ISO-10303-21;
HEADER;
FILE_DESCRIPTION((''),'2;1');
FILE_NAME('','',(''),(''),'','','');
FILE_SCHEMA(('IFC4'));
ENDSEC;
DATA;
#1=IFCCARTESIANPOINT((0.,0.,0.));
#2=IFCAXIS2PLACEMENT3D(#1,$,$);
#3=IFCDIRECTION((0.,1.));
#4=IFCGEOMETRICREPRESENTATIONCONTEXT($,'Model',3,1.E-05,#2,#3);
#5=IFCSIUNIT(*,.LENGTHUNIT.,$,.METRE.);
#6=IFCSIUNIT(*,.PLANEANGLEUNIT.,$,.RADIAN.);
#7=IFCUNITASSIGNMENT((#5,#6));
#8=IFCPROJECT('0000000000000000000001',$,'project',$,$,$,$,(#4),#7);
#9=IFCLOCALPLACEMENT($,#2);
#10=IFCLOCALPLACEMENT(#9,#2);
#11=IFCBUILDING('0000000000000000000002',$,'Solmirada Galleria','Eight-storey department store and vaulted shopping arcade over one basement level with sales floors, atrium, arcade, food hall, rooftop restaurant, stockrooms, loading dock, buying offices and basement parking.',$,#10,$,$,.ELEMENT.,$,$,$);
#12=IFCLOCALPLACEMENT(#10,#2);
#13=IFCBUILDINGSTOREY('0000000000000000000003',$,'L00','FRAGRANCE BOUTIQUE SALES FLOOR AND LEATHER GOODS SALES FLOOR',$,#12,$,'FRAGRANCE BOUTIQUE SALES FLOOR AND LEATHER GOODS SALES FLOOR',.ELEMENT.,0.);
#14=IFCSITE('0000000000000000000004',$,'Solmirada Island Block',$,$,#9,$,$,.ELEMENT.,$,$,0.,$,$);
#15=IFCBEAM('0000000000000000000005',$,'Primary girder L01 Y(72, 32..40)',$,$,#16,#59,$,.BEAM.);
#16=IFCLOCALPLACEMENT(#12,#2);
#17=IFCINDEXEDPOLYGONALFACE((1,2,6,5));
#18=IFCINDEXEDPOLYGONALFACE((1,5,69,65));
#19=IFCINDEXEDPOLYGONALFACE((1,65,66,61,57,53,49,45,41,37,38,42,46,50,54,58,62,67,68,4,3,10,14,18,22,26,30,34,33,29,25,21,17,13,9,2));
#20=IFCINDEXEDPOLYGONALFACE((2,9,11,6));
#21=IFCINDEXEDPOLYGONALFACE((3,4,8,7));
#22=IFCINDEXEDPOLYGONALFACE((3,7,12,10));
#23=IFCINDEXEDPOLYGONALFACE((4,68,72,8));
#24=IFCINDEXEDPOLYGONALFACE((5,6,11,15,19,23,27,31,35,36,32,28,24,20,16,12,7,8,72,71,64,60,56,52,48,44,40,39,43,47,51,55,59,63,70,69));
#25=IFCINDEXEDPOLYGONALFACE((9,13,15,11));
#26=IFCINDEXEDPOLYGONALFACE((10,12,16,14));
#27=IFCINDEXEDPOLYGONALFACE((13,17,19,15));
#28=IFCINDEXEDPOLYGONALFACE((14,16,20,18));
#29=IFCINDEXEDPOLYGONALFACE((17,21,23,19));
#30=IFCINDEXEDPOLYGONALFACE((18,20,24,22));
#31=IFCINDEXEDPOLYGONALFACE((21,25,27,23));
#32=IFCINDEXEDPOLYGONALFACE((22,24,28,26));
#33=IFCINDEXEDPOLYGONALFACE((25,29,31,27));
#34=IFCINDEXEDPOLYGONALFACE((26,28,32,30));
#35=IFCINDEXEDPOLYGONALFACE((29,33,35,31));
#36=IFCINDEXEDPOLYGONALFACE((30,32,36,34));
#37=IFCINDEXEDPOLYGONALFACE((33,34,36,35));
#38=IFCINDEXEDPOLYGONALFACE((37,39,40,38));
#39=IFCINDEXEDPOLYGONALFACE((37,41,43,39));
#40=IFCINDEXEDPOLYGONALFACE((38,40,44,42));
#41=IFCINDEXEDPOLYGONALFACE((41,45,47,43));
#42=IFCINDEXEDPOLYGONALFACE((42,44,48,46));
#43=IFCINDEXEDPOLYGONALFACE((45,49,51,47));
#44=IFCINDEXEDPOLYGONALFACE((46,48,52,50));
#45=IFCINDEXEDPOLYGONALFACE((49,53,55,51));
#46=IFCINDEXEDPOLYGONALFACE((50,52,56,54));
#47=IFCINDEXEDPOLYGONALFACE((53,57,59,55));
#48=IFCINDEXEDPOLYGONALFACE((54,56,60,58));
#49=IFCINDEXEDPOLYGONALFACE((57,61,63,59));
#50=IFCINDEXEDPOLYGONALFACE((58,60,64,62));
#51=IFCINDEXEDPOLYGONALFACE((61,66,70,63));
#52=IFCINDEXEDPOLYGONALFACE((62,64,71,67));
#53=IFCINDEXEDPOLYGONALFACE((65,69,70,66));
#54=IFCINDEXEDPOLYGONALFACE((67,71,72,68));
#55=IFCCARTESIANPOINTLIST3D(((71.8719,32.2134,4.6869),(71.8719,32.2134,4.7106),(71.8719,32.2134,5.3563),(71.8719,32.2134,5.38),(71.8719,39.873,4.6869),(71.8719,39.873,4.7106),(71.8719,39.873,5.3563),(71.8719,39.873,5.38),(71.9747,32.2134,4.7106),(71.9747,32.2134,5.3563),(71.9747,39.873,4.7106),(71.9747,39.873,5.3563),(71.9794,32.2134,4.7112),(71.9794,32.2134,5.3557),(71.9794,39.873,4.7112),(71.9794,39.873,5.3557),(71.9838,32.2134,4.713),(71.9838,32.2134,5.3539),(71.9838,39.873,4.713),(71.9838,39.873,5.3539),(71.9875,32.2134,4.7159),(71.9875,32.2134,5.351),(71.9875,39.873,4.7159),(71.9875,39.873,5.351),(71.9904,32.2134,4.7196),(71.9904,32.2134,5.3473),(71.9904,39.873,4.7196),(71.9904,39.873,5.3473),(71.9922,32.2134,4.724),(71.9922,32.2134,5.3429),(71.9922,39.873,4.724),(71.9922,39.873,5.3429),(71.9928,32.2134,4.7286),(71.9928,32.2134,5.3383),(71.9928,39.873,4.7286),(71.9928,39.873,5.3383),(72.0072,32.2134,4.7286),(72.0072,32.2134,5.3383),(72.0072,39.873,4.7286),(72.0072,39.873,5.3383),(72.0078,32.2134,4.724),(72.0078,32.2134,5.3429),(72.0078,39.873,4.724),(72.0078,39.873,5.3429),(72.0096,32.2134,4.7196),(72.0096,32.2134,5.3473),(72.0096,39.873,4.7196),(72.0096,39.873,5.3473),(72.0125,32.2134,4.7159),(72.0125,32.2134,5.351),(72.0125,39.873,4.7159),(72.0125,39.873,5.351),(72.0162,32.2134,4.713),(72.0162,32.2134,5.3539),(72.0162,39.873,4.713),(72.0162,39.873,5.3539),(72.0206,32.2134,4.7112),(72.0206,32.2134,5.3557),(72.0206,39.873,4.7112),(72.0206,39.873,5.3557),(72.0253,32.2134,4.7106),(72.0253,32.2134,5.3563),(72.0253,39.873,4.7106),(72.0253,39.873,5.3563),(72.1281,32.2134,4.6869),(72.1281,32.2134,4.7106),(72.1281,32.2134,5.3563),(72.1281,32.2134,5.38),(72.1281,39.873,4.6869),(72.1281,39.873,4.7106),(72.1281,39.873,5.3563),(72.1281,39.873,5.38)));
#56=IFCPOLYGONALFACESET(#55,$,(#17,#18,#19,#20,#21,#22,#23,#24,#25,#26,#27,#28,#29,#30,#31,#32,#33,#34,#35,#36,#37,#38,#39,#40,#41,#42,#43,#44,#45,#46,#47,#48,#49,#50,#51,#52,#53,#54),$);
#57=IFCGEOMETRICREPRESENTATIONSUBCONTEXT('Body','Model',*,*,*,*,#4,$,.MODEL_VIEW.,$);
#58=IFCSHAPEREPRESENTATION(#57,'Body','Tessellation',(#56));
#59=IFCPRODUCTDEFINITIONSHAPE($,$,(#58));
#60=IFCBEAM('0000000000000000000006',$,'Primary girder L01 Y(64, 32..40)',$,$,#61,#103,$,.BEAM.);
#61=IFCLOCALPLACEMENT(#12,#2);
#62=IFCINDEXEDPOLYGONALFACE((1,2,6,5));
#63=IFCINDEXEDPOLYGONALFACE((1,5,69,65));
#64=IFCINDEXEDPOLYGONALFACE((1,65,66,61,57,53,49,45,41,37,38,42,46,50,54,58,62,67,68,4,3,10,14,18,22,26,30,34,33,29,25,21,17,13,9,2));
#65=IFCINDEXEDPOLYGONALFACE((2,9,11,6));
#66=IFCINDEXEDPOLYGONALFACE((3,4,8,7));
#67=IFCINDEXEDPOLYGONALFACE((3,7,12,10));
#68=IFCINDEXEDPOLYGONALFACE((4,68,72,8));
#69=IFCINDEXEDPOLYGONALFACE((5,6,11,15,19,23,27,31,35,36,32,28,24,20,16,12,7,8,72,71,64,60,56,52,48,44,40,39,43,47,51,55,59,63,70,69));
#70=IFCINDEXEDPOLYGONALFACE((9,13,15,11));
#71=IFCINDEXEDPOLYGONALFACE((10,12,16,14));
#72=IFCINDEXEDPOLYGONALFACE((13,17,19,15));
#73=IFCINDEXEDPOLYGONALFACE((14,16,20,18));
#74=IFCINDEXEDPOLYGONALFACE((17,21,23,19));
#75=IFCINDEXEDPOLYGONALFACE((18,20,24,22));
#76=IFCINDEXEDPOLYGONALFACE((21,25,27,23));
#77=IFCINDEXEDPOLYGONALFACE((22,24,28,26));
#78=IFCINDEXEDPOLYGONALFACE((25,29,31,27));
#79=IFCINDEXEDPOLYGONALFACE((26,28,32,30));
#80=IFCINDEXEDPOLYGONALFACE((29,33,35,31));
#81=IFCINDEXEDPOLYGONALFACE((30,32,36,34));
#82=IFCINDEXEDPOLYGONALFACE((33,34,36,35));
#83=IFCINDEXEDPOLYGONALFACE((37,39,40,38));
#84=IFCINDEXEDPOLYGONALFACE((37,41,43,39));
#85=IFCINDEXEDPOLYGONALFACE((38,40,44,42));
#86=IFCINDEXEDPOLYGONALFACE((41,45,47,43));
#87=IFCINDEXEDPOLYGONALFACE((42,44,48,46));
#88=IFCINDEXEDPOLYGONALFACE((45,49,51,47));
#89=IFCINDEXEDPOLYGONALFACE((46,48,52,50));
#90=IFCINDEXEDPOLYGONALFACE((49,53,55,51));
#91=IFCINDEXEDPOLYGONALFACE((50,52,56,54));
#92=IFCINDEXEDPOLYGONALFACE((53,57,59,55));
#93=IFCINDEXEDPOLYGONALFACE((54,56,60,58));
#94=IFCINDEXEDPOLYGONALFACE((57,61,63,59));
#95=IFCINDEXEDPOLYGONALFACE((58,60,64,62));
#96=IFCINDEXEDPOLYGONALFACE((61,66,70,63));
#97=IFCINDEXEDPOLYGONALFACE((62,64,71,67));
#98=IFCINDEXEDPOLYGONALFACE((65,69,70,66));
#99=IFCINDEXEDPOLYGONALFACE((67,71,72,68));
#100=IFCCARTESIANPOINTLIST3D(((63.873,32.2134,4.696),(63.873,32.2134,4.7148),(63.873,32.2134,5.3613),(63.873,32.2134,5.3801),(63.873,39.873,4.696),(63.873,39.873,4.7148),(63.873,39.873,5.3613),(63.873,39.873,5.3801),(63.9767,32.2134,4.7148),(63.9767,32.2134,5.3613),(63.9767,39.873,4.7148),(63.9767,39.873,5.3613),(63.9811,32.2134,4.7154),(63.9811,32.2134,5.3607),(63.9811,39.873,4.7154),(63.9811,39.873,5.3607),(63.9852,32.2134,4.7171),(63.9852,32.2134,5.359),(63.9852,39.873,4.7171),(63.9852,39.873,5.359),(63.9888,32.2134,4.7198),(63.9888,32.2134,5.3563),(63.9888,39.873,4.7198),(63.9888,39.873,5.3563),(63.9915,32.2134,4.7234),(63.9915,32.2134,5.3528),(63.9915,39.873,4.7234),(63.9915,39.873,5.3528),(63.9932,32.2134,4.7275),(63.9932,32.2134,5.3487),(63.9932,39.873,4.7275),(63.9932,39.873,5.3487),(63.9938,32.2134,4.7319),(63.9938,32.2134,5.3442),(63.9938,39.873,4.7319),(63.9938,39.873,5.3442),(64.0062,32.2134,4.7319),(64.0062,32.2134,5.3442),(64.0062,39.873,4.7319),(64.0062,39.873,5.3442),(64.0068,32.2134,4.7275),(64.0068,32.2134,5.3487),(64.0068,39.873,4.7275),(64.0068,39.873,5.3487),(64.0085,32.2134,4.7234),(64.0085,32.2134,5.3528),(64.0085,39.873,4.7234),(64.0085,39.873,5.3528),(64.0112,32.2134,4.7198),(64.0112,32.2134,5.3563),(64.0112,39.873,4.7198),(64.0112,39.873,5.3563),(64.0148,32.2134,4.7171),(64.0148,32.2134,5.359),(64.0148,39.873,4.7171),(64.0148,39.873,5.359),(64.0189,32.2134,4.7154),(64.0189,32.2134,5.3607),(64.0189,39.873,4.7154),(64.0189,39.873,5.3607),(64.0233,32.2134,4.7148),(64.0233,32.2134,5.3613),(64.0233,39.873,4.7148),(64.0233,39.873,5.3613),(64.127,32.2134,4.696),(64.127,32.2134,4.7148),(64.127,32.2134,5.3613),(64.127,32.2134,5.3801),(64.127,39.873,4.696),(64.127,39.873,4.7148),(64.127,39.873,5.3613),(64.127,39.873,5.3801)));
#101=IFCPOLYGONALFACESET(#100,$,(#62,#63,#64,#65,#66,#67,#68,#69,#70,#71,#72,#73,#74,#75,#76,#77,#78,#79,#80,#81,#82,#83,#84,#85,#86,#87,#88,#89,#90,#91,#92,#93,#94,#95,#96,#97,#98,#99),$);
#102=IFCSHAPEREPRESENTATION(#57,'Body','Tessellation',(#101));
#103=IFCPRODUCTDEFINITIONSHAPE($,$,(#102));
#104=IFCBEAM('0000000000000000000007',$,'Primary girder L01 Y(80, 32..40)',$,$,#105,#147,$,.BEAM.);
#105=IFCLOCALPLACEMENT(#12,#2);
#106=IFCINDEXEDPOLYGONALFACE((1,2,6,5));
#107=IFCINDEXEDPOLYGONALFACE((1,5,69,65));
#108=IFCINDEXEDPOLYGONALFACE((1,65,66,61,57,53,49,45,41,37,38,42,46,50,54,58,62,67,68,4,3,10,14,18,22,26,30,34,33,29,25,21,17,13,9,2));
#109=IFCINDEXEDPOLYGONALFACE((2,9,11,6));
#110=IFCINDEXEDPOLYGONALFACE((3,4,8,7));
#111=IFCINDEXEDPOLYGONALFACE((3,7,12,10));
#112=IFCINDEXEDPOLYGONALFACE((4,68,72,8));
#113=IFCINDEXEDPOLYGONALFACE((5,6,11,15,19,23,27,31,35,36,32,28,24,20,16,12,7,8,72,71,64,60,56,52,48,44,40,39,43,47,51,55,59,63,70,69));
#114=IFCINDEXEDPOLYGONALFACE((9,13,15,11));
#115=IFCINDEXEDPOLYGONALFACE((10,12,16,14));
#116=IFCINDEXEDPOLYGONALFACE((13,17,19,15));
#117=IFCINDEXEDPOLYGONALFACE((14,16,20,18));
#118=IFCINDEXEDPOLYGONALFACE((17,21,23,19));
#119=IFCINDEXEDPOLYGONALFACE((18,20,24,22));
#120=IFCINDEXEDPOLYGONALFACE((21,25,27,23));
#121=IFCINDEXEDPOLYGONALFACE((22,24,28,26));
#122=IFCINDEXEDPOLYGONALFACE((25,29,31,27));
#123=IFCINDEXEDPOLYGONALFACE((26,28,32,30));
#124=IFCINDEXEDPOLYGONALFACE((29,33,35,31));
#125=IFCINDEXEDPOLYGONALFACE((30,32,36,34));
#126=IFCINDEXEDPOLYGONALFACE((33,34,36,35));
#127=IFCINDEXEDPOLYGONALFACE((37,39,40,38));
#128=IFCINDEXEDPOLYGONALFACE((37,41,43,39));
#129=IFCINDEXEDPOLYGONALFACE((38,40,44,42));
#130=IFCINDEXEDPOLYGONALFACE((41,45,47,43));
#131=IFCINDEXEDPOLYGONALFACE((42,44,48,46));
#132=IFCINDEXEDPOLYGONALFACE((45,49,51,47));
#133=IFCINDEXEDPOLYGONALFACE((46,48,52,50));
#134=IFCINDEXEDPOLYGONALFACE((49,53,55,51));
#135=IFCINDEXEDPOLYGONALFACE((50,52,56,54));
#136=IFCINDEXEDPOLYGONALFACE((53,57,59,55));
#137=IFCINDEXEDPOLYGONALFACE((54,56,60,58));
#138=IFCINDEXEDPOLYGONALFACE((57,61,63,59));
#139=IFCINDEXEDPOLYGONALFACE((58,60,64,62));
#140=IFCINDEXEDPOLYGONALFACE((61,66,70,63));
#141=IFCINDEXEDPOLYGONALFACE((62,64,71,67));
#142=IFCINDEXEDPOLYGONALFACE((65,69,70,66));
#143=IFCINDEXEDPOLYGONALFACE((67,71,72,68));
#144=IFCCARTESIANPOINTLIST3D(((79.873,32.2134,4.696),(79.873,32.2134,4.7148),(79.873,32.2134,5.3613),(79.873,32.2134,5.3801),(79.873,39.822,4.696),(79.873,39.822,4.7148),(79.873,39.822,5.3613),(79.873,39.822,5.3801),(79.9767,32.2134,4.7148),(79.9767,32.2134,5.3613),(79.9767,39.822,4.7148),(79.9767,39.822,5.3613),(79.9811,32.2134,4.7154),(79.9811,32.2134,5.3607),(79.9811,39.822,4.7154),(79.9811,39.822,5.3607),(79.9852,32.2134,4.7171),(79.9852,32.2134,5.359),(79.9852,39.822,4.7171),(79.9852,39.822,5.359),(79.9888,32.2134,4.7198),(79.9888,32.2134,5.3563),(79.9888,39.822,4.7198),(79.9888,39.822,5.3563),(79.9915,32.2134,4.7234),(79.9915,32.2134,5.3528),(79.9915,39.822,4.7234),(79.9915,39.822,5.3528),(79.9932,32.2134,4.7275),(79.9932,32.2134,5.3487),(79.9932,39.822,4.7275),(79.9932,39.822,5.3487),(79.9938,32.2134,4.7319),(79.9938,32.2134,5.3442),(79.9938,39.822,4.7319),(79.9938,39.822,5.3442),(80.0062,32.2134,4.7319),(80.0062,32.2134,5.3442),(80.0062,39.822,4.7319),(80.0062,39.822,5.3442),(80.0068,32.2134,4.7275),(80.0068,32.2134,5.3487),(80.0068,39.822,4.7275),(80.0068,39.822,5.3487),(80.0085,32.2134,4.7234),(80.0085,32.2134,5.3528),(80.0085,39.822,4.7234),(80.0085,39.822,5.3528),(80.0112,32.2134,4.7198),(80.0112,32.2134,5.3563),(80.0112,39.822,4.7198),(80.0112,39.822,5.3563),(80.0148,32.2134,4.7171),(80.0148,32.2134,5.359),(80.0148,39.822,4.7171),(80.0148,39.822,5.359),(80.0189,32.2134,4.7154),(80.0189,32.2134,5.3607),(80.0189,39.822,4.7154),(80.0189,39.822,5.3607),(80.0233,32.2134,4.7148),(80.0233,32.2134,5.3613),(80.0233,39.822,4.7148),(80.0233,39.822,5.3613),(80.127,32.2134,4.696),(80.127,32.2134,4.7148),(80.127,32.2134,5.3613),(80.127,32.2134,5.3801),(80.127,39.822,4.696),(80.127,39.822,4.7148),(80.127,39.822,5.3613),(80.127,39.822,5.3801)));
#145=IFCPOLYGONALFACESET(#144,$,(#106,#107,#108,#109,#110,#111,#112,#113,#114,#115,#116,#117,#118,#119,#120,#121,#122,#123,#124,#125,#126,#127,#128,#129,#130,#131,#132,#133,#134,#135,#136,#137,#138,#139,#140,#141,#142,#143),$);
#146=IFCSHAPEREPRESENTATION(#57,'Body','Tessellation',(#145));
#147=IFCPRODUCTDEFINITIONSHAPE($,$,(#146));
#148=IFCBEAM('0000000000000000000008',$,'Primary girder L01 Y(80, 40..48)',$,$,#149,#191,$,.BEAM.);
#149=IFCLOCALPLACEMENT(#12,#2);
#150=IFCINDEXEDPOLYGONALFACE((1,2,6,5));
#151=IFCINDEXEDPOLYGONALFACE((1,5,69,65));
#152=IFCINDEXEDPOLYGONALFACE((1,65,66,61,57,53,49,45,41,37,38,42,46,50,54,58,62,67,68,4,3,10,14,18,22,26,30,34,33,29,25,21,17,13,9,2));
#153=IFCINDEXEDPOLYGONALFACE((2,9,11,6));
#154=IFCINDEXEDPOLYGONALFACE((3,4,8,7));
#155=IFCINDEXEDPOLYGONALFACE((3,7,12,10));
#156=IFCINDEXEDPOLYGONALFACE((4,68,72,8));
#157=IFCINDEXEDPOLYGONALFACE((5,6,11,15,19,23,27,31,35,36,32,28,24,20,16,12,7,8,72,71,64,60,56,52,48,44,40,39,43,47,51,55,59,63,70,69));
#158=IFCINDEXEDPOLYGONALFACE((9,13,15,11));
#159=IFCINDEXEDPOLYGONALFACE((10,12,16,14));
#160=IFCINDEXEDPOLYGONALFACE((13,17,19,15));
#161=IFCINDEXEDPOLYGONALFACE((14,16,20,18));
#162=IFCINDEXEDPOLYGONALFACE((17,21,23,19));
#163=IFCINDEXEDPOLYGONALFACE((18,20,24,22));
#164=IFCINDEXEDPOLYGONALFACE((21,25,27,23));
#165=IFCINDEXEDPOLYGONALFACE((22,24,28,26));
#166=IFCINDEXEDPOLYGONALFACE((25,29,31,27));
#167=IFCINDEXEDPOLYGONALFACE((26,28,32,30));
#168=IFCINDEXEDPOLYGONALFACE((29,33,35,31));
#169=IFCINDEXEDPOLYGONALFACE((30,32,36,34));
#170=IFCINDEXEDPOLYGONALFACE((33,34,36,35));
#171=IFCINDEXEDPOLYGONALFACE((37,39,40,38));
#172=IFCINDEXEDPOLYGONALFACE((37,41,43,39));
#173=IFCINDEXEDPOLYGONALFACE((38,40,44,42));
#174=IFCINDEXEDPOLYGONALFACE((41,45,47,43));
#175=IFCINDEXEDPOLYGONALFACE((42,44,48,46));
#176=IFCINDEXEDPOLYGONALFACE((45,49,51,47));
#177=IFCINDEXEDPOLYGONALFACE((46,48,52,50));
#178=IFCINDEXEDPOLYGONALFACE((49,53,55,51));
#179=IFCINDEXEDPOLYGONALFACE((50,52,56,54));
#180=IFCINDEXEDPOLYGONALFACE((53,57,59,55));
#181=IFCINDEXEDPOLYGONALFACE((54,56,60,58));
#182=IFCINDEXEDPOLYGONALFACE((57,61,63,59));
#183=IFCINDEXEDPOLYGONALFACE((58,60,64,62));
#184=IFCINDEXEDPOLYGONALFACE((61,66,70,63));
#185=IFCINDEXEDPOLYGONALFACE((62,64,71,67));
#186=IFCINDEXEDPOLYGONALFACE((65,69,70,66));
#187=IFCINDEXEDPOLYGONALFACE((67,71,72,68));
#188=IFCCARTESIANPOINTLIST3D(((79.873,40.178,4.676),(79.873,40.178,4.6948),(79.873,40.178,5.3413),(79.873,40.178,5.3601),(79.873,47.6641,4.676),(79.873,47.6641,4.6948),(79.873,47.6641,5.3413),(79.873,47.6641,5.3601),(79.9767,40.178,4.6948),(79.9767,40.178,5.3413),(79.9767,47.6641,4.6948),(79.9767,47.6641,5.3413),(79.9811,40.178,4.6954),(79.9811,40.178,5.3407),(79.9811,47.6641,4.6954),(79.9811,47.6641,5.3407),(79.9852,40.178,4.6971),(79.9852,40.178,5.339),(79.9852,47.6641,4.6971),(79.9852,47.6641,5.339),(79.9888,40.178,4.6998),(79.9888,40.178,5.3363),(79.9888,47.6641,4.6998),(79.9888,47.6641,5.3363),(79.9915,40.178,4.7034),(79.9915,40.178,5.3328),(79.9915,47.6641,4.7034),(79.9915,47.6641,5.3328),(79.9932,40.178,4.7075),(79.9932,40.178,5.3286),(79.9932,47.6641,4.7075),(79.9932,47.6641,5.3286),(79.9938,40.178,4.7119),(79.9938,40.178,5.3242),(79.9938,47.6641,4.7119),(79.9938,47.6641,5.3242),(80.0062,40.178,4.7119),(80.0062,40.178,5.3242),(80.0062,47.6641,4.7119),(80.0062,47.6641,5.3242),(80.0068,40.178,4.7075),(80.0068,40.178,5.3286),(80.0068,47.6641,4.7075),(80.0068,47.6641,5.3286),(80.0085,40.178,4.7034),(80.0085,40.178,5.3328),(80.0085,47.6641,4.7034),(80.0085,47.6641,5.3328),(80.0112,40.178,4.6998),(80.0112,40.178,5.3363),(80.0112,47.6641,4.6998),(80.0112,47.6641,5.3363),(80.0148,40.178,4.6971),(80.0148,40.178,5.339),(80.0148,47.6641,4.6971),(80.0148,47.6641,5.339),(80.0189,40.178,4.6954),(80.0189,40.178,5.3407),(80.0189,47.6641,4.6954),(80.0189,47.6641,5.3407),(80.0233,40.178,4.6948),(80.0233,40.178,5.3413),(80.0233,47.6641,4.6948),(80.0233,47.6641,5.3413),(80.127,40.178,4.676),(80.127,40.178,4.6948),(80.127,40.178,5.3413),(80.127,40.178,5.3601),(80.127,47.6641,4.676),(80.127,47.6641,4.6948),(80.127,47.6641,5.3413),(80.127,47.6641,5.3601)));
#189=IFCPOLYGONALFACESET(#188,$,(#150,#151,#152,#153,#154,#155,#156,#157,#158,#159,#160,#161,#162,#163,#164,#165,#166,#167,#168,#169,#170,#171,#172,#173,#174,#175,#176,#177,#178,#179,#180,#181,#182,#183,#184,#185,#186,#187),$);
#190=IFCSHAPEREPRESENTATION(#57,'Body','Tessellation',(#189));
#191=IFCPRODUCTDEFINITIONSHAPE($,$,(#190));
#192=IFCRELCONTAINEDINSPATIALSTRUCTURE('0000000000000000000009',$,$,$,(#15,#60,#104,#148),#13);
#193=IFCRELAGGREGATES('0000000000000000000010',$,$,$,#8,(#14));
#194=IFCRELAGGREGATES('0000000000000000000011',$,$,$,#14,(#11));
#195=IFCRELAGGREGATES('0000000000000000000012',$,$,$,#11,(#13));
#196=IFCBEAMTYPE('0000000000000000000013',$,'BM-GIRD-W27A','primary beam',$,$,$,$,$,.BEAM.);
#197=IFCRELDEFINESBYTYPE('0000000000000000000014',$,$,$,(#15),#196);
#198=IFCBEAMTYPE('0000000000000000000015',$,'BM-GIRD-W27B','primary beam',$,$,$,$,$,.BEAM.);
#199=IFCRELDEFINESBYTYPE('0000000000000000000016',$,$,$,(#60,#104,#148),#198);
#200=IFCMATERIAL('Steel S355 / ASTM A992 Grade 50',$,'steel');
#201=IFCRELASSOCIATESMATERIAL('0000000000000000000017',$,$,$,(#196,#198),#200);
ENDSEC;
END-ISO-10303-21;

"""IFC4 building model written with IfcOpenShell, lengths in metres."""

from ifc_helpers import new_model, si_unit, direction, frame, origin, origin_2d, place, context, subcontext, project, spatial, i_section, extrude, material, material_profile, profile_set, type_object, element, save


model = new_model("IFC4")

# Units and contexts
model_context = context("Model", 3, precision=1e-05, world=origin(), true_north=direction((0.0, 1.0)))
body_context = subcontext(model_context, "Body", "Model", "MODEL_VIEW")
ifc_project = project(units=[si_unit("LENGTHUNIT", "METRE"), si_unit("PLANEANGLEUNIT", "RADIAN")], contexts=[model_context])

# Site, building, storey
site_placement = place(None, origin())
site = spatial("IfcSite", under=ifc_project, at=site_placement, Name="Solmirada Island Block", CompositionType="ELEMENT", RefElevation=0.0)
building_placement = place(site_placement, origin())
building = spatial("IfcBuilding", under=site, at=building_placement, Name="Solmirada Galleria", Description="Eight-storey department store and vaulted shopping arcade over one basement level with sales floors, atrium, arcade, food hall, rooftop restaurant, stockrooms, loading dock, buying offices and basement parking.", CompositionType="ELEMENT")
storey_placement = place(building_placement, origin())
storey = spatial("IfcBuildingStorey", under=building, at=storey_placement, Name="L00", Description="FRAGRANCE BOUTIQUE SALES FLOOR AND LEATHER GOODS SALES FLOOR", LongName="FRAGRANCE BOUTIQUE SALES FLOOR AND LEATHER GOODS SALES FLOOR", CompositionType="ELEMENT", Elevation=0.0)

# Beams
ifc_material_1 = material(Name="Steel S355 / ASTM A992 Grade 50", Category="steel")
ifc_material_profile_1 = material_profile(ifc_material_1, i_section(OverallWidth=0.2561, OverallDepth=0.6931, WebThickness=0.0144, FlangeThickness=0.0237, FilletRadius=0.0181, at=origin_2d()), Name="W27X114")
ifc_profile_set_1 = profile_set([ifc_material_profile_1], Name="Steel S355 / ASTM A992 Grade 50")
beam_type_1 = type_object("IfcBeamType", Name="BM-GIRD-W27A", Description="primary beam", PredefinedType="BEAM", material=ifc_profile_set_1)
beam_1_placement = place(storey_placement, frame((72.0, 32.2134, 5.0334), z_axis=(0.0, 1.0, 0.0), x_axis=(-1.0, 0.0, 0.0)))
element("IfcBeam", 1, at=beam_1_placement, inside=storey, type_object=beam_type_1, Name="Primary girder L01 Y(72, 32..40)", PredefinedType="BEAM", context=body_context, shape_type="SweptSolid", body=[
    extrude(i_section(OverallWidth=0.2561, OverallDepth=0.6931, WebThickness=0.0144, FlangeThickness=0.0237, FilletRadius=0.0181, at=origin_2d()), origin(), (0.0, 0.0, 1.0), 7.6597),
])
ifc_material_profile_2 = material_profile(ifc_material_1, i_section(OverallWidth=0.2539, OverallDepth=0.6841, WebThickness=0.0125, FlangeThickness=0.0188, FilletRadius=0.0171, at=origin_2d()), Name="W27X94")
ifc_profile_set_2 = profile_set([ifc_material_profile_2], Name="Steel S355 / ASTM A992 Grade 50")
beam_type_2 = type_object("IfcBeamType", Name="BM-GIRD-W27B", Description="primary beam", PredefinedType="BEAM", material=ifc_profile_set_2)
beam_2_placement = place(storey_placement, frame((64.0, 32.2134, 5.0381), z_axis=(0.0, 1.0, 0.0), x_axis=(-1.0, 0.0, 0.0)))
element("IfcBeam", 2, at=beam_2_placement, inside=storey, type_object=beam_type_2, Name="Primary girder L01 Y(64, 32..40)", PredefinedType="BEAM", context=body_context, shape_type="SweptSolid", body=[
    extrude(i_section(OverallWidth=0.2539, OverallDepth=0.6841, WebThickness=0.0125, FlangeThickness=0.0188, FilletRadius=0.0171, at=origin_2d()), origin(), (0.0, 0.0, 1.0), 7.6597),
])
beam_3_placement = place(storey_placement, frame((80.0, 32.2134, 5.0381), z_axis=(0.0, 1.0, 0.0), x_axis=(-1.0, 0.0, 0.0)))
element("IfcBeam", 3, at=beam_3_placement, inside=storey, type_object=beam_type_2, Name="Primary girder L01 Y(80, 32..40)", PredefinedType="BEAM", context=body_context, shape_type="SweptSolid", body=[
    extrude(i_section(OverallWidth=0.2539, OverallDepth=0.6841, WebThickness=0.0125, FlangeThickness=0.0188, FilletRadius=0.0171, at=origin_2d()), origin(), (0.0, 0.0, 1.0), 7.6086),
])
beam_4_placement = place(storey_placement, frame((80.0, 40.178, 5.0181), z_axis=(0.0, 1.0, 0.0), x_axis=(-1.0, 0.0, 0.0)))
element("IfcBeam", 4, at=beam_4_placement, inside=storey, type_object=beam_type_2, Name="Primary girder L01 Y(80, 40..48)", PredefinedType="BEAM", context=body_context, shape_type="SweptSolid", body=[
    extrude(i_section(OverallWidth=0.2539, OverallDepth=0.6841, WebThickness=0.0125, FlangeThickness=0.0188, FilletRadius=0.0171, at=origin_2d()), origin(), (0.0, 0.0, 1.0), 7.4861),
])

save(model, "model.ifc")
